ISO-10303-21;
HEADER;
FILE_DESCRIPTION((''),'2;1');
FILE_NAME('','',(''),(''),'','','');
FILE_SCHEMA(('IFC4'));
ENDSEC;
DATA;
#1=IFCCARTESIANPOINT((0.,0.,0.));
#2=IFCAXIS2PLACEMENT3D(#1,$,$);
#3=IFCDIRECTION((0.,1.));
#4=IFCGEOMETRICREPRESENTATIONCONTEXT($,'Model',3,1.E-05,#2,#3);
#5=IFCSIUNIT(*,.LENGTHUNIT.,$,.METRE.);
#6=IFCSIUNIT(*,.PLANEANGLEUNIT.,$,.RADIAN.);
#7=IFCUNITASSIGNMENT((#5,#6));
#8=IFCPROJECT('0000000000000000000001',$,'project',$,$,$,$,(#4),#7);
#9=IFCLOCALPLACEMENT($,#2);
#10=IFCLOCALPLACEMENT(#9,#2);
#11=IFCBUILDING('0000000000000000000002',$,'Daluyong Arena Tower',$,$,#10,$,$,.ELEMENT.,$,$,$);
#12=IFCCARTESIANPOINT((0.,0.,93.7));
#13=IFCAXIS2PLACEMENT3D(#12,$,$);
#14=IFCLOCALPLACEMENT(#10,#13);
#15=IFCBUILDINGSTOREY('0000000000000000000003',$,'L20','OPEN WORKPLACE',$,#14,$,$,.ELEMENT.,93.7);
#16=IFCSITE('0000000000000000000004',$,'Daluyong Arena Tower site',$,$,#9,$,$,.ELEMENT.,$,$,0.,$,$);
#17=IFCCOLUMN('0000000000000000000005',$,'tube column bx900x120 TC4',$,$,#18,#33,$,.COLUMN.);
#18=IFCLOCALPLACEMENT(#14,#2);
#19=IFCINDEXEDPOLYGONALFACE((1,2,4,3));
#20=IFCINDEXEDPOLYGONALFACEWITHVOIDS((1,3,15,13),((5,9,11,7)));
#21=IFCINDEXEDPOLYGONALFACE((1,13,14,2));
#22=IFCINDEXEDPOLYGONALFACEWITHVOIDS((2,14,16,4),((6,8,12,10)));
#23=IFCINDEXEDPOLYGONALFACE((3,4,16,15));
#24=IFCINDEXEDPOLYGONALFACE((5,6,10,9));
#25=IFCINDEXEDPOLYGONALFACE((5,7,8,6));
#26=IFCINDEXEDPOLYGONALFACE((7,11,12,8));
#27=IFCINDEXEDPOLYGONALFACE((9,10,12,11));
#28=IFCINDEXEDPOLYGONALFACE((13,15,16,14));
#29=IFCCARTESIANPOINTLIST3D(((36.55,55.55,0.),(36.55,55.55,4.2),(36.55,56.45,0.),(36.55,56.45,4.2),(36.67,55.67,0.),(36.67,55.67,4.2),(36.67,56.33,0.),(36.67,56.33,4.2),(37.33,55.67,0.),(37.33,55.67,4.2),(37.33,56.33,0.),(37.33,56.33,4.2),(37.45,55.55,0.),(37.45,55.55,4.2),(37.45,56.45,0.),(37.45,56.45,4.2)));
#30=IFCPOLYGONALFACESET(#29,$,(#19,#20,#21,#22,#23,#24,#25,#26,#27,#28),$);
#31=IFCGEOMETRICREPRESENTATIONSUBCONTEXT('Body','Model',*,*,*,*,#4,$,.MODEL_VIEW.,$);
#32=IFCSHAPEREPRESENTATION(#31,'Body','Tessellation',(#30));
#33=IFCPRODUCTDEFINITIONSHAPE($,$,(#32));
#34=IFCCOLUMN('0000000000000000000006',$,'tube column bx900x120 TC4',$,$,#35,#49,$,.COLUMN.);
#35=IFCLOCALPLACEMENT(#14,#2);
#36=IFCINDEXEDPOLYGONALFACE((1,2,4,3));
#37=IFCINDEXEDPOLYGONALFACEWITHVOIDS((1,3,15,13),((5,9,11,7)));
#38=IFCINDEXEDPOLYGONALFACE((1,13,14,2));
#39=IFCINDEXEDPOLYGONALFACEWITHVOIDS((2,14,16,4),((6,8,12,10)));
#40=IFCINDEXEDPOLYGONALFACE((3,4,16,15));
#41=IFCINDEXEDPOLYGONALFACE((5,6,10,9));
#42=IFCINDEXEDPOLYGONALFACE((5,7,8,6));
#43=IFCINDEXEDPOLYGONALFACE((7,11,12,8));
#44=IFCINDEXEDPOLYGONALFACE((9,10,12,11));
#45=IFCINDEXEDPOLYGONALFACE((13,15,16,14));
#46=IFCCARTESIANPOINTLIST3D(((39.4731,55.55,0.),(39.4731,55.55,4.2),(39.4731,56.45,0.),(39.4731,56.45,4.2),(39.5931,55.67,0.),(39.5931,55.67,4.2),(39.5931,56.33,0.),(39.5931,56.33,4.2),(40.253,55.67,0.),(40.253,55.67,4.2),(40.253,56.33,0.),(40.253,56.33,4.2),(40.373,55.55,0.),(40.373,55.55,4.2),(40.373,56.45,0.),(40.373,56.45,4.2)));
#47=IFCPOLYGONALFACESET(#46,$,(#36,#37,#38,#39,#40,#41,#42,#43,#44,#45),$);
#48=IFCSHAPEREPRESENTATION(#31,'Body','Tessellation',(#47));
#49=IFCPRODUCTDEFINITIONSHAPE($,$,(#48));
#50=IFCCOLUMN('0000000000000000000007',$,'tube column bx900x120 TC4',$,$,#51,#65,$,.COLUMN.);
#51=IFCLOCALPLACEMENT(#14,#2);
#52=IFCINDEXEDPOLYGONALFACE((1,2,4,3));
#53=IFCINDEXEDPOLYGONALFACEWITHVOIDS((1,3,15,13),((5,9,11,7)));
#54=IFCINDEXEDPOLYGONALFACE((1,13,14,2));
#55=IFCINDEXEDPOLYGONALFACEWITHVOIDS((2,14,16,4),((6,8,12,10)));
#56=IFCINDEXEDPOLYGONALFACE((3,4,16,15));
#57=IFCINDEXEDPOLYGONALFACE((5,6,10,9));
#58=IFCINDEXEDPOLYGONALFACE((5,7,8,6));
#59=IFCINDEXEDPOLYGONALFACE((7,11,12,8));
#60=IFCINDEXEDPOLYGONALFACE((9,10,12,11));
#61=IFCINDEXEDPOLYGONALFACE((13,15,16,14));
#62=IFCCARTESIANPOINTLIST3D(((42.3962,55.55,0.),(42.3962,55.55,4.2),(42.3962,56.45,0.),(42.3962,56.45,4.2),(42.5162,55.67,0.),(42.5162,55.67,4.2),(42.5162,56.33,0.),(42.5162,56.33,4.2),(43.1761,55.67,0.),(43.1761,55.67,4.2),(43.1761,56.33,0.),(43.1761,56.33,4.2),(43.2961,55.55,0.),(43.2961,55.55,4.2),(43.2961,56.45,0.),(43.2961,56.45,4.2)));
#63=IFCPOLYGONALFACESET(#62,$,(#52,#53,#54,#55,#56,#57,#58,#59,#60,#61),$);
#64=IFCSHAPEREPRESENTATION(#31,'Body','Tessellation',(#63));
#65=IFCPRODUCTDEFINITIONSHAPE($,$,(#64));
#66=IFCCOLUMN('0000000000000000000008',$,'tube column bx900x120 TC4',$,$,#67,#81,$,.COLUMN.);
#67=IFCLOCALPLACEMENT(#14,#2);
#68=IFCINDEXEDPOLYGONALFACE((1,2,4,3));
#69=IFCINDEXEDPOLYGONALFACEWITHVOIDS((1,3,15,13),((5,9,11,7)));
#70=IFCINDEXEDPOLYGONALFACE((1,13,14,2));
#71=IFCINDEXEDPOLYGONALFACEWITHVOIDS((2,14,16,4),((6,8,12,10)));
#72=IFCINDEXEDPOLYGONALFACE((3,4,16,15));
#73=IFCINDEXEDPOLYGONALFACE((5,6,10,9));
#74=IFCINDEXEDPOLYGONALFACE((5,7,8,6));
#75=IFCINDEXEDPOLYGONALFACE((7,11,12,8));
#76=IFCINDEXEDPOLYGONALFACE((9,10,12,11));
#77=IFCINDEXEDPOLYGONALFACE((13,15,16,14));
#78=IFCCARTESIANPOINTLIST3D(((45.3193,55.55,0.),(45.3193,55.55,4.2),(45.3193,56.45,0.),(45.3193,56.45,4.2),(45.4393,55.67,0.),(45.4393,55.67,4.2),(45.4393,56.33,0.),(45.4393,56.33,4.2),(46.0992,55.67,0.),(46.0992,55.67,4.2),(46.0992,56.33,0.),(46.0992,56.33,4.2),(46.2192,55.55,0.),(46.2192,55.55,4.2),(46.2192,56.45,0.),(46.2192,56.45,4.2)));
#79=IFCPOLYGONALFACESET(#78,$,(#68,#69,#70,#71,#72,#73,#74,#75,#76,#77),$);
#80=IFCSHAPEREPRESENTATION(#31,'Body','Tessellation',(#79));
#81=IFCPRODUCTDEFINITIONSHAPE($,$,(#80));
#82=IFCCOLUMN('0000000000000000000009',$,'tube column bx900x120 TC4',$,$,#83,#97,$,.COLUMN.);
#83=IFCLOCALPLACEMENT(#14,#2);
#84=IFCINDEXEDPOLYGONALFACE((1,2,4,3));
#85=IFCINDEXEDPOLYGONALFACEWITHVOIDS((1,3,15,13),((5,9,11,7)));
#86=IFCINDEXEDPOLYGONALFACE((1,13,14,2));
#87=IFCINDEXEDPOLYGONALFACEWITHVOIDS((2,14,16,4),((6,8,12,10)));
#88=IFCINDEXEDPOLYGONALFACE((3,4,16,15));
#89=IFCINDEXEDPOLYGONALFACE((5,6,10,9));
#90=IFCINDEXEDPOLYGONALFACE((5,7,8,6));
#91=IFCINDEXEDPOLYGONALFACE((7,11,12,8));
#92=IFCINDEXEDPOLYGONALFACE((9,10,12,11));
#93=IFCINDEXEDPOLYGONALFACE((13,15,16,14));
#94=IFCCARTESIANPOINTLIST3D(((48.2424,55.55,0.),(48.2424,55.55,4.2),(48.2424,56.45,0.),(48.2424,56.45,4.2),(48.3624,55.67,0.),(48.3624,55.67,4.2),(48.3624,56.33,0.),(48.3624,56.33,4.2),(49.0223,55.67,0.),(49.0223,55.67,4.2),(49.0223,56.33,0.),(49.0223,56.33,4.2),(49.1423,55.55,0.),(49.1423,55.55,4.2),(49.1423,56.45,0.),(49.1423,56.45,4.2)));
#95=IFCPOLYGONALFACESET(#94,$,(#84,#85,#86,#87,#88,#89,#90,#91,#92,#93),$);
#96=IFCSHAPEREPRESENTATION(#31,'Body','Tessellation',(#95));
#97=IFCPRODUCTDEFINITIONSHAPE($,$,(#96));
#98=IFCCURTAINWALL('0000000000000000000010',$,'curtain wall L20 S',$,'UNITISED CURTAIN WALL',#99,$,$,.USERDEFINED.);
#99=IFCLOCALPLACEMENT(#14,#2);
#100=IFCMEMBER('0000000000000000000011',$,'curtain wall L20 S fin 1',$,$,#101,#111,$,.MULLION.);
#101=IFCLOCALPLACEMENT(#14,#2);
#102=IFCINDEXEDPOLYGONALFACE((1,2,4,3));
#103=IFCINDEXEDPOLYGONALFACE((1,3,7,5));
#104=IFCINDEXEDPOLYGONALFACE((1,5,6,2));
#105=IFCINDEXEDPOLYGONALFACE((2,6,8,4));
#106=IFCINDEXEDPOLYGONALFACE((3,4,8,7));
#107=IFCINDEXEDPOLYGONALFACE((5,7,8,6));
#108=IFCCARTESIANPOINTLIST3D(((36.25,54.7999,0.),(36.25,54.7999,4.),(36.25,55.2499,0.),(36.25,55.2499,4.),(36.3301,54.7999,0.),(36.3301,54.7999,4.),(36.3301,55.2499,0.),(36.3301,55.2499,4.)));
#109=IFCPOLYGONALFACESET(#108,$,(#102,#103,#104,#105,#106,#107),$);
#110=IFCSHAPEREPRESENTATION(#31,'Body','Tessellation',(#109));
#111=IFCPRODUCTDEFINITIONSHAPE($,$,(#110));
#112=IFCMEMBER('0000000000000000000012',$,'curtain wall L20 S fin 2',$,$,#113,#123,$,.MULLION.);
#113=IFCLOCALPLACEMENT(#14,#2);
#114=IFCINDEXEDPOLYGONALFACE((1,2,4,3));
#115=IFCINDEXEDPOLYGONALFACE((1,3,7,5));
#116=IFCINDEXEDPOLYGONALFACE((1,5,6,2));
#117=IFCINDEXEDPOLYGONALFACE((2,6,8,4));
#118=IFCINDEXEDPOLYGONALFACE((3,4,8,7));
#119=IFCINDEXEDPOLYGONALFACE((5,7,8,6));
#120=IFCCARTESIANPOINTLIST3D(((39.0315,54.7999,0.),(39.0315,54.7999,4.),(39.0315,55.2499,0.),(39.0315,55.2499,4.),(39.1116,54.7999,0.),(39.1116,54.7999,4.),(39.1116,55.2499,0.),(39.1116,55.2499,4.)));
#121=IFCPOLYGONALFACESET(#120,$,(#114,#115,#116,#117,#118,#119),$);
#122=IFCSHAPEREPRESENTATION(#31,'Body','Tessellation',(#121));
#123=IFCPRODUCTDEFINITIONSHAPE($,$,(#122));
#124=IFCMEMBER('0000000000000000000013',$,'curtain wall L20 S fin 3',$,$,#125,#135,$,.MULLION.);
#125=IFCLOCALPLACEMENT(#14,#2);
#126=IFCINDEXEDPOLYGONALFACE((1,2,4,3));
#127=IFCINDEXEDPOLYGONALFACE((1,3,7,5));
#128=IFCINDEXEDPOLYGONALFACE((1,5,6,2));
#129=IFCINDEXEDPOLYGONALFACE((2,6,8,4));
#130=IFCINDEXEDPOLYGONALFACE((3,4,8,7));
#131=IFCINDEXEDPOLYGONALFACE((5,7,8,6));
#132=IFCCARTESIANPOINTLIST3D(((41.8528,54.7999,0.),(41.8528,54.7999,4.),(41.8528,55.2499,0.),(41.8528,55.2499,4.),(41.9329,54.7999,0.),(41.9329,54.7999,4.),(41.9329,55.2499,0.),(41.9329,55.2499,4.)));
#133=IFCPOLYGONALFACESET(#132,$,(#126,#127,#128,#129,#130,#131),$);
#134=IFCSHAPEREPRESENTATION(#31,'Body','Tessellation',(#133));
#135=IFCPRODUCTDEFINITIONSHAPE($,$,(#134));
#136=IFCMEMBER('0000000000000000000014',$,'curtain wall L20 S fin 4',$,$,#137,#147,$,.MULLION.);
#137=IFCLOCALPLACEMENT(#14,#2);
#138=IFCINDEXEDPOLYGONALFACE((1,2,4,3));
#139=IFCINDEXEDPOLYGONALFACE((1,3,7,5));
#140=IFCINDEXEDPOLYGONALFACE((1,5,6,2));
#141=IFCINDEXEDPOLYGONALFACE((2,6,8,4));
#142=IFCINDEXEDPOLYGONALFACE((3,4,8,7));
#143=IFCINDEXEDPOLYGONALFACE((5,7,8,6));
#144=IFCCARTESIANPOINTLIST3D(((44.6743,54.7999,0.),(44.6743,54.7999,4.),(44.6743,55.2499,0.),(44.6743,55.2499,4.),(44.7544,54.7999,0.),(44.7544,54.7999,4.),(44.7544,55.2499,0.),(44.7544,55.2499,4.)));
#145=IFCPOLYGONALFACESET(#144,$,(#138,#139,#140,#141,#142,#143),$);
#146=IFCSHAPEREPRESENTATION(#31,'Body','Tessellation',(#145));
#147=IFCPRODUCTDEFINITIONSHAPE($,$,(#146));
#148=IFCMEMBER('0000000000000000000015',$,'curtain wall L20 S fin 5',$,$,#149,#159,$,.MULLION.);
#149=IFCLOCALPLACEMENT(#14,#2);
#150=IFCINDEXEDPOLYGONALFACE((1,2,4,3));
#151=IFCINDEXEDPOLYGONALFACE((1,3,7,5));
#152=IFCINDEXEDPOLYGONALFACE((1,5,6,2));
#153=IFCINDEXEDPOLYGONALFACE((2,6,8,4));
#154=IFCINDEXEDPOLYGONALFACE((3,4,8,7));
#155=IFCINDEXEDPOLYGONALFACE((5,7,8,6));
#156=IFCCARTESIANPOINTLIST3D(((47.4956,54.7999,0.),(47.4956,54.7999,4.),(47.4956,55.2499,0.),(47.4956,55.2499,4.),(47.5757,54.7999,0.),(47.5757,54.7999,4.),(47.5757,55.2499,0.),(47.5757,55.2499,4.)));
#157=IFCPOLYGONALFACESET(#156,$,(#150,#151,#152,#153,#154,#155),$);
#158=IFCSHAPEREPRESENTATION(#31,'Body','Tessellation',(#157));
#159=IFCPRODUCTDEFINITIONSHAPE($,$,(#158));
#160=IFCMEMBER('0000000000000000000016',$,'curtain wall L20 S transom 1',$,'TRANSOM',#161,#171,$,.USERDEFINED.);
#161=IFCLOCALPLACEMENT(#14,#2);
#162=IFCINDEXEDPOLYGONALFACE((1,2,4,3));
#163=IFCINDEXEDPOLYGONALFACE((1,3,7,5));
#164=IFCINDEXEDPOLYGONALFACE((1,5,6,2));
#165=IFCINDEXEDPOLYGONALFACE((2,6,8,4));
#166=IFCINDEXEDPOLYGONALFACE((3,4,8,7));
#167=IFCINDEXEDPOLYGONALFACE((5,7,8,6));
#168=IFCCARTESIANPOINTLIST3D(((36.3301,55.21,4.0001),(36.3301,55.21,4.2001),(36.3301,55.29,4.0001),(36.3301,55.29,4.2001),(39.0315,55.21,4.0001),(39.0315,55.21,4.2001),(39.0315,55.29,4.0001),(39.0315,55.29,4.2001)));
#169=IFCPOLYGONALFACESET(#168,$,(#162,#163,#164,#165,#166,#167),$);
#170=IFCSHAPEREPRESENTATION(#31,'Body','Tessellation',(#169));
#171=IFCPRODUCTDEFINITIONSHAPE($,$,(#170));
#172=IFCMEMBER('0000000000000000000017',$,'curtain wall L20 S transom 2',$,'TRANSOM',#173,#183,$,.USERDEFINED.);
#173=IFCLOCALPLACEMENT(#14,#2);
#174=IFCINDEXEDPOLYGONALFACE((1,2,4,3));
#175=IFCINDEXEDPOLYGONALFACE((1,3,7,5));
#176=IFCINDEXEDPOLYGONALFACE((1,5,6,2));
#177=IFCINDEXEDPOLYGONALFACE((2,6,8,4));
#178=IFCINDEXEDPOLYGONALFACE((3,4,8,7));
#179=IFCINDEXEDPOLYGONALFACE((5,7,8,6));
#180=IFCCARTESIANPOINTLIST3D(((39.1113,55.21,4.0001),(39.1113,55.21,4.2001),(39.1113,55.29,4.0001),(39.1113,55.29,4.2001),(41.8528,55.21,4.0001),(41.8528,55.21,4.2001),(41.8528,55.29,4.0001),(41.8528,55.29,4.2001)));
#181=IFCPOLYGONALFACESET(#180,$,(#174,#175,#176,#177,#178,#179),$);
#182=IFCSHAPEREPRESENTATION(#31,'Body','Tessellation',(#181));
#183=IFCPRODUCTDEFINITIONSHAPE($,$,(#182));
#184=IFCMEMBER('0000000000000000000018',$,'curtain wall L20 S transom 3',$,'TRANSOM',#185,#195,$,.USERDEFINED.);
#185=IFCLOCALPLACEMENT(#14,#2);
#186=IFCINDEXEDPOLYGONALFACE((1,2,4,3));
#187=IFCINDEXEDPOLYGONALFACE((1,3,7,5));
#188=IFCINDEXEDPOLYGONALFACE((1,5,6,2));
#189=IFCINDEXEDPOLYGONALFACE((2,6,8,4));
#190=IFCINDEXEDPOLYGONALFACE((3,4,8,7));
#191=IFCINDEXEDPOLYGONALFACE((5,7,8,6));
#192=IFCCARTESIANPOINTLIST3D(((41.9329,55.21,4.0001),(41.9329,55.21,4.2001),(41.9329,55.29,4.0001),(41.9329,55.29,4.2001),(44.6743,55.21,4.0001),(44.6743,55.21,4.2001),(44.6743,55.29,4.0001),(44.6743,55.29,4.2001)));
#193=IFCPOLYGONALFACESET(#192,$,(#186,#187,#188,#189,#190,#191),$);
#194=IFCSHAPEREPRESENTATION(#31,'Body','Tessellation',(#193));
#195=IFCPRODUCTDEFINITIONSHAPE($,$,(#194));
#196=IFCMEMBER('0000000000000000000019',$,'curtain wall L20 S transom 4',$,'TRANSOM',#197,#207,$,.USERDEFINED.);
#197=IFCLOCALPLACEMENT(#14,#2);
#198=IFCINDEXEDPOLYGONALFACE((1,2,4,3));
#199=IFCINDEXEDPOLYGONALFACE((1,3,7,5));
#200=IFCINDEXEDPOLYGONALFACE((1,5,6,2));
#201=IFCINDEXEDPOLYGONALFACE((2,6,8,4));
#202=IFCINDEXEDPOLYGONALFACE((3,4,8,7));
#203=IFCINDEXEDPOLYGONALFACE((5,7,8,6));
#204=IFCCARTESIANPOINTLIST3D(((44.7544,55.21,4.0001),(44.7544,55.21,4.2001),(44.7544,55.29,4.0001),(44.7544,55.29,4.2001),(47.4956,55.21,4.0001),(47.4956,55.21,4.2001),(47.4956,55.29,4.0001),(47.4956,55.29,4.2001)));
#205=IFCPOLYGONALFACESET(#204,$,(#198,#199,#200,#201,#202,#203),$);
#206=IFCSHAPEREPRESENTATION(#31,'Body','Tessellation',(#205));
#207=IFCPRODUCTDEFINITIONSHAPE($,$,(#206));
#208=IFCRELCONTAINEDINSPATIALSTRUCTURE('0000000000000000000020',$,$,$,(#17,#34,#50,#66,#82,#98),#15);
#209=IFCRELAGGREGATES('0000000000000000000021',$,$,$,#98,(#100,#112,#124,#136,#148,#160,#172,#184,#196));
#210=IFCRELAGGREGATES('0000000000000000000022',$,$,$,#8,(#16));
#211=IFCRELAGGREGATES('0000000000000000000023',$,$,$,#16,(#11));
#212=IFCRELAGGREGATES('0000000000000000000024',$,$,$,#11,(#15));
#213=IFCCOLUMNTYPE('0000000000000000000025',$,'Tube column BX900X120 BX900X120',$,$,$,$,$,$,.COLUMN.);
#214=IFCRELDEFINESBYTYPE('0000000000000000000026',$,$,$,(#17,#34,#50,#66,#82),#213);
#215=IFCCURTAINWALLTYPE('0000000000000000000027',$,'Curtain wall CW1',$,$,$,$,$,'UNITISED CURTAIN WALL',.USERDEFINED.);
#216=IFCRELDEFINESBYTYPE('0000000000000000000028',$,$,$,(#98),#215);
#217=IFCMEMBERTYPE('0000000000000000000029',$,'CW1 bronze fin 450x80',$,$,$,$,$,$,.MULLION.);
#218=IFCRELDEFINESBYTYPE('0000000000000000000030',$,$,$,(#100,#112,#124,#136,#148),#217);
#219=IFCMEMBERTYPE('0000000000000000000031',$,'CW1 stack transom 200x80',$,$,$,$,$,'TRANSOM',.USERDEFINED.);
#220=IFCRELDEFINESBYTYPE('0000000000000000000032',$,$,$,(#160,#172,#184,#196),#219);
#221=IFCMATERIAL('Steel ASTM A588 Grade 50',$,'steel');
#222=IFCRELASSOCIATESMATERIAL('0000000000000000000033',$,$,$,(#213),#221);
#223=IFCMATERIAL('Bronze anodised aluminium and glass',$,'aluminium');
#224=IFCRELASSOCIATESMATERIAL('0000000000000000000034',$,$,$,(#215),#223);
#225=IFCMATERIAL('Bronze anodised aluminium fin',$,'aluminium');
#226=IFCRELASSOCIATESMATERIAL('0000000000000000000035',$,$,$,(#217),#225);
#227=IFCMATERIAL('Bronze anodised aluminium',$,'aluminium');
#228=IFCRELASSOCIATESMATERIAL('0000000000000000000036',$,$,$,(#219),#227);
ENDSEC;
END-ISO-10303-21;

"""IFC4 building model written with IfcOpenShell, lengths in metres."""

from ifc_helpers import new_model, si_unit, direction, frame, origin, origin_2d, place, context, subcontext, project, spatial, rectangle, hollow_rectangle, extrude, material, material_profile, profile_set, type_object, element, aggregate, save


model = new_model("IFC4")

# Units and contexts
model_context = context("Model", 3, precision=1e-05, world=origin(), true_north=direction((0.0, 1.0)))
body_context = subcontext(model_context, "Body", "Model", "MODEL_VIEW")
ifc_project = project(units=[si_unit("LENGTHUNIT", "METRE"), si_unit("PLANEANGLEUNIT", "RADIAN")], contexts=[model_context])

# Site, building, storey
site_placement = place(None, origin())
site = spatial("IfcSite", under=ifc_project, at=site_placement, Name="Daluyong Arena Tower site", CompositionType="ELEMENT", RefElevation=0.0)
building_placement = place(site_placement, origin())
building = spatial("IfcBuilding", under=site, at=building_placement, Name="Daluyong Arena Tower", CompositionType="ELEMENT")
storey_placement = place(building_placement, frame((0.0, 0.0, 93.7)))
storey = spatial("IfcBuildingStorey", under=building, at=storey_placement, Name="L20", Description="OPEN WORKPLACE", CompositionType="ELEMENT", Elevation=93.7)

# Columns
ifc_material_1 = material(Name="Steel ASTM A588 Grade 50", Category="steel")
ifc_material_profile_1 = material_profile(ifc_material_1, hollow_rectangle(XDim=0.8999, YDim=0.8999, WallThickness=0.12, at=origin_2d()))
ifc_profile_set_1 = profile_set([ifc_material_profile_1], Name="Steel ASTM A588 Grade 50")
column_type = type_object("IfcColumnType", Name="Tube column BX900X120 BX900X120", PredefinedType="COLUMN", material=ifc_profile_set_1)
for number, where, z_axis, x_axis, name in (
    (1, (37.0, 56.0, 0.0), (0.0, 0.0, 1.0), (1.0, 0.0, 0.0), "tube column bx900x120 TC4"),
    (2, (39.9231, 56.0, 0.0), (0.0, 0.0, 1.0), (1.0, 0.0, 0.0), "tube column bx900x120 TC4"),
    (3, (42.8462, 56.0, 0.0), (0.0, 0.0, 1.0), (1.0, 0.0, 0.0), "tube column bx900x120 TC4"),
    (4, (45.7693, 56.0, 0.0), (0.0, 0.0, 1.0), (1.0, 0.0, 0.0), "tube column bx900x120 TC4"),
    (5, (48.6924, 56.0, 0.0), (0.0, 0.0, 1.0), (1.0, 0.0, 0.0), "tube column bx900x120 TC4"),
):
    element("IfcColumn", number, at=place(storey_placement, frame(where, z_axis=z_axis, x_axis=x_axis)), inside=storey, type_object=column_type, Name=name, PredefinedType="COLUMN", context=body_context, shape_type="SweptSolid", body=[
        extrude(hollow_rectangle(XDim=0.8999, YDim=0.8999, WallThickness=0.12, at=origin_2d()), origin(), (0.0, 0.0, 1.0), 4.2),
    ])

# Curtain wall, members
ifc_material_2 = material(Name="Bronze anodised aluminium and glass", Category="aluminium")
curtain_wall_type_1 = type_object("IfcCurtainWallType", Name="Curtain wall CW1", ElementType="UNITISED CURTAIN WALL", PredefinedType="USERDEFINED", material=ifc_material_2)
curtain_wall_1_placement = place(storey_placement, origin())
curtain_wall_1 = element("IfcCurtainWall", 6, at=curtain_wall_1_placement, inside=storey, type_object=curtain_wall_type_1, Name="curtain wall L20 S", ObjectType="UNITISED CURTAIN WALL", PredefinedType="USERDEFINED")
ifc_material_3 = material(Name="Bronze anodised aluminium fin", Category="aluminium")
ifc_material_profile_2 = material_profile(ifc_material_3, rectangle(XDim=0.45, YDim=0.0801, at=origin_2d()))
ifc_profile_set_2 = profile_set([ifc_material_profile_2], Name="Bronze anodised aluminium fin")
member_type_1 = type_object("IfcMemberType", Name="CW1 bronze fin 450x80", PredefinedType="MULLION", material=ifc_profile_set_2)
member_1_placement = place(storey_placement, frame((36.29, 55.0249, 0.0), z_axis=(0.0, 0.0, 1.0), x_axis=(0.0, 1.0, 0.0)))
member_1 = element("IfcMember", 7, at=member_1_placement, type_object=member_type_1, Name="curtain wall L20 S fin 1", PredefinedType="MULLION", context=body_context, shape_type="SweptSolid", body=[
    extrude(rectangle(XDim=0.45, YDim=0.0801, at=origin_2d()), origin(), (0.0, 0.0, 1.0), 4.0),
])
member_2_placement = place(storey_placement, frame((39.0715, 55.0249, 0.0), z_axis=(0.0, 0.0, 1.0), x_axis=(0.0, 1.0, 0.0)))
member_2 = element("IfcMember", 8, at=member_2_placement, type_object=member_type_1, Name="curtain wall L20 S fin 2", PredefinedType="MULLION", context=body_context, shape_type="SweptSolid", body=[
    extrude(rectangle(XDim=0.45, YDim=0.0801, at=origin_2d()), origin(), (0.0, 0.0, 1.0), 4.0),
])
member_3_placement = place(storey_placement, frame((41.8928, 55.0249, 0.0), z_axis=(0.0, 0.0, 1.0), x_axis=(0.0, 1.0, 0.0)))
member_3 = element("IfcMember", 9, at=member_3_placement, type_object=member_type_1, Name="curtain wall L20 S fin 3", PredefinedType="MULLION", context=body_context, shape_type="SweptSolid", body=[
    extrude(rectangle(XDim=0.45, YDim=0.0801, at=origin_2d()), origin(), (0.0, 0.0, 1.0), 4.0),
])
member_4_placement = place(storey_placement, frame((44.7144, 55.0249, 0.0), z_axis=(0.0, 0.0, 1.0), x_axis=(0.0, 1.0, 0.0)))
member_4 = element("IfcMember", 10, at=member_4_placement, type_object=member_type_1, Name="curtain wall L20 S fin 4", PredefinedType="MULLION", context=body_context, shape_type="SweptSolid", body=[
    extrude(rectangle(XDim=0.45, YDim=0.0801, at=origin_2d()), origin(), (0.0, 0.0, 1.0), 4.0),
])
member_5_placement = place(storey_placement, frame((47.5356, 55.0249, 0.0), z_axis=(0.0, 0.0, 1.0), x_axis=(0.0, 1.0, 0.0)))
member_5 = element("IfcMember", 11, at=member_5_placement, type_object=member_type_1, Name="curtain wall L20 S fin 5", PredefinedType="MULLION", context=body_context, shape_type="SweptSolid", body=[
    extrude(rectangle(XDim=0.45, YDim=0.0801, at=origin_2d()), origin(), (0.0, 0.0, 1.0), 4.0),
])
ifc_material_4 = material(Name="Bronze anodised aluminium", Category="aluminium")
ifc_material_profile_3 = material_profile(ifc_material_4, rectangle(XDim=0.0801, YDim=0.2, at=origin_2d()))
ifc_profile_set_3 = profile_set([ifc_material_profile_3], Name="Bronze anodised aluminium")
member_type_2 = type_object("IfcMemberType", Name="CW1 stack transom 200x80", ElementType="TRANSOM", PredefinedType="USERDEFINED", material=ifc_profile_set_3)
member_6_placement = place(storey_placement, frame((36.3301, 55.25, 4.1001), z_axis=(1.0, 0.0, 0.0), x_axis=(0.0, 1.0, 0.0)))
member_6 = element("IfcMember", 12, at=member_6_placement, type_object=member_type_2, Name="curtain wall L20 S transom 1", ObjectType="TRANSOM", PredefinedType="USERDEFINED", context=body_context, shape_type="SweptSolid", body=[
    extrude(rectangle(XDim=0.0801, YDim=0.2, at=origin_2d()), origin(), (0.0, 0.0, 1.0), 2.7014),
])
member_7_placement = place(storey_placement, frame((39.1113, 55.25, 4.1001), z_axis=(1.0, 0.0, 0.0), x_axis=(0.0, 1.0, 0.0)))
member_7 = element("IfcMember", 13, at=member_7_placement, type_object=member_type_2, Name="curtain wall L20 S transom 2", ObjectType="TRANSOM", PredefinedType="USERDEFINED", context=body_context, shape_type="SweptSolid", body=[
    extrude(rectangle(XDim=0.0801, YDim=0.2, at=origin_2d()), origin(), (0.0, 0.0, 1.0), 2.7415),
])
member_8_placement = place(storey_placement, frame((41.9329, 55.25, 4.1001), z_axis=(1.0, 0.0, 0.0), x_axis=(0.0, 1.0, 0.0)))
member_8 = element("IfcMember", 14, at=member_8_placement, type_object=member_type_2, Name="curtain wall L20 S transom 3", ObjectType="TRANSOM", PredefinedType="USERDEFINED", context=body_context, shape_type="SweptSolid", body=[
    extrude(rectangle(XDim=0.0801, YDim=0.2, at=origin_2d()), origin(), (0.0, 0.0, 1.0), 2.7415),
])
member_9_placement = place(storey_placement, frame((44.7544, 55.25, 4.1001), z_axis=(1.0, 0.0, 0.0), x_axis=(0.0, 1.0, 0.0)))
member_9 = element("IfcMember", 15, at=member_9_placement, type_object=member_type_2, Name="curtain wall L20 S transom 4", ObjectType="TRANSOM", PredefinedType="USERDEFINED", context=body_context, shape_type="SweptSolid", body=[
    extrude(rectangle(XDim=0.0801, YDim=0.2, at=origin_2d()), origin(), (0.0, 0.0, 1.0), 2.7412),
])

aggregate(curtain_wall_1, [member_1, member_2, member_3, member_4, member_5, member_6, member_7, member_8, member_9])

save(model, "model.ifc")
